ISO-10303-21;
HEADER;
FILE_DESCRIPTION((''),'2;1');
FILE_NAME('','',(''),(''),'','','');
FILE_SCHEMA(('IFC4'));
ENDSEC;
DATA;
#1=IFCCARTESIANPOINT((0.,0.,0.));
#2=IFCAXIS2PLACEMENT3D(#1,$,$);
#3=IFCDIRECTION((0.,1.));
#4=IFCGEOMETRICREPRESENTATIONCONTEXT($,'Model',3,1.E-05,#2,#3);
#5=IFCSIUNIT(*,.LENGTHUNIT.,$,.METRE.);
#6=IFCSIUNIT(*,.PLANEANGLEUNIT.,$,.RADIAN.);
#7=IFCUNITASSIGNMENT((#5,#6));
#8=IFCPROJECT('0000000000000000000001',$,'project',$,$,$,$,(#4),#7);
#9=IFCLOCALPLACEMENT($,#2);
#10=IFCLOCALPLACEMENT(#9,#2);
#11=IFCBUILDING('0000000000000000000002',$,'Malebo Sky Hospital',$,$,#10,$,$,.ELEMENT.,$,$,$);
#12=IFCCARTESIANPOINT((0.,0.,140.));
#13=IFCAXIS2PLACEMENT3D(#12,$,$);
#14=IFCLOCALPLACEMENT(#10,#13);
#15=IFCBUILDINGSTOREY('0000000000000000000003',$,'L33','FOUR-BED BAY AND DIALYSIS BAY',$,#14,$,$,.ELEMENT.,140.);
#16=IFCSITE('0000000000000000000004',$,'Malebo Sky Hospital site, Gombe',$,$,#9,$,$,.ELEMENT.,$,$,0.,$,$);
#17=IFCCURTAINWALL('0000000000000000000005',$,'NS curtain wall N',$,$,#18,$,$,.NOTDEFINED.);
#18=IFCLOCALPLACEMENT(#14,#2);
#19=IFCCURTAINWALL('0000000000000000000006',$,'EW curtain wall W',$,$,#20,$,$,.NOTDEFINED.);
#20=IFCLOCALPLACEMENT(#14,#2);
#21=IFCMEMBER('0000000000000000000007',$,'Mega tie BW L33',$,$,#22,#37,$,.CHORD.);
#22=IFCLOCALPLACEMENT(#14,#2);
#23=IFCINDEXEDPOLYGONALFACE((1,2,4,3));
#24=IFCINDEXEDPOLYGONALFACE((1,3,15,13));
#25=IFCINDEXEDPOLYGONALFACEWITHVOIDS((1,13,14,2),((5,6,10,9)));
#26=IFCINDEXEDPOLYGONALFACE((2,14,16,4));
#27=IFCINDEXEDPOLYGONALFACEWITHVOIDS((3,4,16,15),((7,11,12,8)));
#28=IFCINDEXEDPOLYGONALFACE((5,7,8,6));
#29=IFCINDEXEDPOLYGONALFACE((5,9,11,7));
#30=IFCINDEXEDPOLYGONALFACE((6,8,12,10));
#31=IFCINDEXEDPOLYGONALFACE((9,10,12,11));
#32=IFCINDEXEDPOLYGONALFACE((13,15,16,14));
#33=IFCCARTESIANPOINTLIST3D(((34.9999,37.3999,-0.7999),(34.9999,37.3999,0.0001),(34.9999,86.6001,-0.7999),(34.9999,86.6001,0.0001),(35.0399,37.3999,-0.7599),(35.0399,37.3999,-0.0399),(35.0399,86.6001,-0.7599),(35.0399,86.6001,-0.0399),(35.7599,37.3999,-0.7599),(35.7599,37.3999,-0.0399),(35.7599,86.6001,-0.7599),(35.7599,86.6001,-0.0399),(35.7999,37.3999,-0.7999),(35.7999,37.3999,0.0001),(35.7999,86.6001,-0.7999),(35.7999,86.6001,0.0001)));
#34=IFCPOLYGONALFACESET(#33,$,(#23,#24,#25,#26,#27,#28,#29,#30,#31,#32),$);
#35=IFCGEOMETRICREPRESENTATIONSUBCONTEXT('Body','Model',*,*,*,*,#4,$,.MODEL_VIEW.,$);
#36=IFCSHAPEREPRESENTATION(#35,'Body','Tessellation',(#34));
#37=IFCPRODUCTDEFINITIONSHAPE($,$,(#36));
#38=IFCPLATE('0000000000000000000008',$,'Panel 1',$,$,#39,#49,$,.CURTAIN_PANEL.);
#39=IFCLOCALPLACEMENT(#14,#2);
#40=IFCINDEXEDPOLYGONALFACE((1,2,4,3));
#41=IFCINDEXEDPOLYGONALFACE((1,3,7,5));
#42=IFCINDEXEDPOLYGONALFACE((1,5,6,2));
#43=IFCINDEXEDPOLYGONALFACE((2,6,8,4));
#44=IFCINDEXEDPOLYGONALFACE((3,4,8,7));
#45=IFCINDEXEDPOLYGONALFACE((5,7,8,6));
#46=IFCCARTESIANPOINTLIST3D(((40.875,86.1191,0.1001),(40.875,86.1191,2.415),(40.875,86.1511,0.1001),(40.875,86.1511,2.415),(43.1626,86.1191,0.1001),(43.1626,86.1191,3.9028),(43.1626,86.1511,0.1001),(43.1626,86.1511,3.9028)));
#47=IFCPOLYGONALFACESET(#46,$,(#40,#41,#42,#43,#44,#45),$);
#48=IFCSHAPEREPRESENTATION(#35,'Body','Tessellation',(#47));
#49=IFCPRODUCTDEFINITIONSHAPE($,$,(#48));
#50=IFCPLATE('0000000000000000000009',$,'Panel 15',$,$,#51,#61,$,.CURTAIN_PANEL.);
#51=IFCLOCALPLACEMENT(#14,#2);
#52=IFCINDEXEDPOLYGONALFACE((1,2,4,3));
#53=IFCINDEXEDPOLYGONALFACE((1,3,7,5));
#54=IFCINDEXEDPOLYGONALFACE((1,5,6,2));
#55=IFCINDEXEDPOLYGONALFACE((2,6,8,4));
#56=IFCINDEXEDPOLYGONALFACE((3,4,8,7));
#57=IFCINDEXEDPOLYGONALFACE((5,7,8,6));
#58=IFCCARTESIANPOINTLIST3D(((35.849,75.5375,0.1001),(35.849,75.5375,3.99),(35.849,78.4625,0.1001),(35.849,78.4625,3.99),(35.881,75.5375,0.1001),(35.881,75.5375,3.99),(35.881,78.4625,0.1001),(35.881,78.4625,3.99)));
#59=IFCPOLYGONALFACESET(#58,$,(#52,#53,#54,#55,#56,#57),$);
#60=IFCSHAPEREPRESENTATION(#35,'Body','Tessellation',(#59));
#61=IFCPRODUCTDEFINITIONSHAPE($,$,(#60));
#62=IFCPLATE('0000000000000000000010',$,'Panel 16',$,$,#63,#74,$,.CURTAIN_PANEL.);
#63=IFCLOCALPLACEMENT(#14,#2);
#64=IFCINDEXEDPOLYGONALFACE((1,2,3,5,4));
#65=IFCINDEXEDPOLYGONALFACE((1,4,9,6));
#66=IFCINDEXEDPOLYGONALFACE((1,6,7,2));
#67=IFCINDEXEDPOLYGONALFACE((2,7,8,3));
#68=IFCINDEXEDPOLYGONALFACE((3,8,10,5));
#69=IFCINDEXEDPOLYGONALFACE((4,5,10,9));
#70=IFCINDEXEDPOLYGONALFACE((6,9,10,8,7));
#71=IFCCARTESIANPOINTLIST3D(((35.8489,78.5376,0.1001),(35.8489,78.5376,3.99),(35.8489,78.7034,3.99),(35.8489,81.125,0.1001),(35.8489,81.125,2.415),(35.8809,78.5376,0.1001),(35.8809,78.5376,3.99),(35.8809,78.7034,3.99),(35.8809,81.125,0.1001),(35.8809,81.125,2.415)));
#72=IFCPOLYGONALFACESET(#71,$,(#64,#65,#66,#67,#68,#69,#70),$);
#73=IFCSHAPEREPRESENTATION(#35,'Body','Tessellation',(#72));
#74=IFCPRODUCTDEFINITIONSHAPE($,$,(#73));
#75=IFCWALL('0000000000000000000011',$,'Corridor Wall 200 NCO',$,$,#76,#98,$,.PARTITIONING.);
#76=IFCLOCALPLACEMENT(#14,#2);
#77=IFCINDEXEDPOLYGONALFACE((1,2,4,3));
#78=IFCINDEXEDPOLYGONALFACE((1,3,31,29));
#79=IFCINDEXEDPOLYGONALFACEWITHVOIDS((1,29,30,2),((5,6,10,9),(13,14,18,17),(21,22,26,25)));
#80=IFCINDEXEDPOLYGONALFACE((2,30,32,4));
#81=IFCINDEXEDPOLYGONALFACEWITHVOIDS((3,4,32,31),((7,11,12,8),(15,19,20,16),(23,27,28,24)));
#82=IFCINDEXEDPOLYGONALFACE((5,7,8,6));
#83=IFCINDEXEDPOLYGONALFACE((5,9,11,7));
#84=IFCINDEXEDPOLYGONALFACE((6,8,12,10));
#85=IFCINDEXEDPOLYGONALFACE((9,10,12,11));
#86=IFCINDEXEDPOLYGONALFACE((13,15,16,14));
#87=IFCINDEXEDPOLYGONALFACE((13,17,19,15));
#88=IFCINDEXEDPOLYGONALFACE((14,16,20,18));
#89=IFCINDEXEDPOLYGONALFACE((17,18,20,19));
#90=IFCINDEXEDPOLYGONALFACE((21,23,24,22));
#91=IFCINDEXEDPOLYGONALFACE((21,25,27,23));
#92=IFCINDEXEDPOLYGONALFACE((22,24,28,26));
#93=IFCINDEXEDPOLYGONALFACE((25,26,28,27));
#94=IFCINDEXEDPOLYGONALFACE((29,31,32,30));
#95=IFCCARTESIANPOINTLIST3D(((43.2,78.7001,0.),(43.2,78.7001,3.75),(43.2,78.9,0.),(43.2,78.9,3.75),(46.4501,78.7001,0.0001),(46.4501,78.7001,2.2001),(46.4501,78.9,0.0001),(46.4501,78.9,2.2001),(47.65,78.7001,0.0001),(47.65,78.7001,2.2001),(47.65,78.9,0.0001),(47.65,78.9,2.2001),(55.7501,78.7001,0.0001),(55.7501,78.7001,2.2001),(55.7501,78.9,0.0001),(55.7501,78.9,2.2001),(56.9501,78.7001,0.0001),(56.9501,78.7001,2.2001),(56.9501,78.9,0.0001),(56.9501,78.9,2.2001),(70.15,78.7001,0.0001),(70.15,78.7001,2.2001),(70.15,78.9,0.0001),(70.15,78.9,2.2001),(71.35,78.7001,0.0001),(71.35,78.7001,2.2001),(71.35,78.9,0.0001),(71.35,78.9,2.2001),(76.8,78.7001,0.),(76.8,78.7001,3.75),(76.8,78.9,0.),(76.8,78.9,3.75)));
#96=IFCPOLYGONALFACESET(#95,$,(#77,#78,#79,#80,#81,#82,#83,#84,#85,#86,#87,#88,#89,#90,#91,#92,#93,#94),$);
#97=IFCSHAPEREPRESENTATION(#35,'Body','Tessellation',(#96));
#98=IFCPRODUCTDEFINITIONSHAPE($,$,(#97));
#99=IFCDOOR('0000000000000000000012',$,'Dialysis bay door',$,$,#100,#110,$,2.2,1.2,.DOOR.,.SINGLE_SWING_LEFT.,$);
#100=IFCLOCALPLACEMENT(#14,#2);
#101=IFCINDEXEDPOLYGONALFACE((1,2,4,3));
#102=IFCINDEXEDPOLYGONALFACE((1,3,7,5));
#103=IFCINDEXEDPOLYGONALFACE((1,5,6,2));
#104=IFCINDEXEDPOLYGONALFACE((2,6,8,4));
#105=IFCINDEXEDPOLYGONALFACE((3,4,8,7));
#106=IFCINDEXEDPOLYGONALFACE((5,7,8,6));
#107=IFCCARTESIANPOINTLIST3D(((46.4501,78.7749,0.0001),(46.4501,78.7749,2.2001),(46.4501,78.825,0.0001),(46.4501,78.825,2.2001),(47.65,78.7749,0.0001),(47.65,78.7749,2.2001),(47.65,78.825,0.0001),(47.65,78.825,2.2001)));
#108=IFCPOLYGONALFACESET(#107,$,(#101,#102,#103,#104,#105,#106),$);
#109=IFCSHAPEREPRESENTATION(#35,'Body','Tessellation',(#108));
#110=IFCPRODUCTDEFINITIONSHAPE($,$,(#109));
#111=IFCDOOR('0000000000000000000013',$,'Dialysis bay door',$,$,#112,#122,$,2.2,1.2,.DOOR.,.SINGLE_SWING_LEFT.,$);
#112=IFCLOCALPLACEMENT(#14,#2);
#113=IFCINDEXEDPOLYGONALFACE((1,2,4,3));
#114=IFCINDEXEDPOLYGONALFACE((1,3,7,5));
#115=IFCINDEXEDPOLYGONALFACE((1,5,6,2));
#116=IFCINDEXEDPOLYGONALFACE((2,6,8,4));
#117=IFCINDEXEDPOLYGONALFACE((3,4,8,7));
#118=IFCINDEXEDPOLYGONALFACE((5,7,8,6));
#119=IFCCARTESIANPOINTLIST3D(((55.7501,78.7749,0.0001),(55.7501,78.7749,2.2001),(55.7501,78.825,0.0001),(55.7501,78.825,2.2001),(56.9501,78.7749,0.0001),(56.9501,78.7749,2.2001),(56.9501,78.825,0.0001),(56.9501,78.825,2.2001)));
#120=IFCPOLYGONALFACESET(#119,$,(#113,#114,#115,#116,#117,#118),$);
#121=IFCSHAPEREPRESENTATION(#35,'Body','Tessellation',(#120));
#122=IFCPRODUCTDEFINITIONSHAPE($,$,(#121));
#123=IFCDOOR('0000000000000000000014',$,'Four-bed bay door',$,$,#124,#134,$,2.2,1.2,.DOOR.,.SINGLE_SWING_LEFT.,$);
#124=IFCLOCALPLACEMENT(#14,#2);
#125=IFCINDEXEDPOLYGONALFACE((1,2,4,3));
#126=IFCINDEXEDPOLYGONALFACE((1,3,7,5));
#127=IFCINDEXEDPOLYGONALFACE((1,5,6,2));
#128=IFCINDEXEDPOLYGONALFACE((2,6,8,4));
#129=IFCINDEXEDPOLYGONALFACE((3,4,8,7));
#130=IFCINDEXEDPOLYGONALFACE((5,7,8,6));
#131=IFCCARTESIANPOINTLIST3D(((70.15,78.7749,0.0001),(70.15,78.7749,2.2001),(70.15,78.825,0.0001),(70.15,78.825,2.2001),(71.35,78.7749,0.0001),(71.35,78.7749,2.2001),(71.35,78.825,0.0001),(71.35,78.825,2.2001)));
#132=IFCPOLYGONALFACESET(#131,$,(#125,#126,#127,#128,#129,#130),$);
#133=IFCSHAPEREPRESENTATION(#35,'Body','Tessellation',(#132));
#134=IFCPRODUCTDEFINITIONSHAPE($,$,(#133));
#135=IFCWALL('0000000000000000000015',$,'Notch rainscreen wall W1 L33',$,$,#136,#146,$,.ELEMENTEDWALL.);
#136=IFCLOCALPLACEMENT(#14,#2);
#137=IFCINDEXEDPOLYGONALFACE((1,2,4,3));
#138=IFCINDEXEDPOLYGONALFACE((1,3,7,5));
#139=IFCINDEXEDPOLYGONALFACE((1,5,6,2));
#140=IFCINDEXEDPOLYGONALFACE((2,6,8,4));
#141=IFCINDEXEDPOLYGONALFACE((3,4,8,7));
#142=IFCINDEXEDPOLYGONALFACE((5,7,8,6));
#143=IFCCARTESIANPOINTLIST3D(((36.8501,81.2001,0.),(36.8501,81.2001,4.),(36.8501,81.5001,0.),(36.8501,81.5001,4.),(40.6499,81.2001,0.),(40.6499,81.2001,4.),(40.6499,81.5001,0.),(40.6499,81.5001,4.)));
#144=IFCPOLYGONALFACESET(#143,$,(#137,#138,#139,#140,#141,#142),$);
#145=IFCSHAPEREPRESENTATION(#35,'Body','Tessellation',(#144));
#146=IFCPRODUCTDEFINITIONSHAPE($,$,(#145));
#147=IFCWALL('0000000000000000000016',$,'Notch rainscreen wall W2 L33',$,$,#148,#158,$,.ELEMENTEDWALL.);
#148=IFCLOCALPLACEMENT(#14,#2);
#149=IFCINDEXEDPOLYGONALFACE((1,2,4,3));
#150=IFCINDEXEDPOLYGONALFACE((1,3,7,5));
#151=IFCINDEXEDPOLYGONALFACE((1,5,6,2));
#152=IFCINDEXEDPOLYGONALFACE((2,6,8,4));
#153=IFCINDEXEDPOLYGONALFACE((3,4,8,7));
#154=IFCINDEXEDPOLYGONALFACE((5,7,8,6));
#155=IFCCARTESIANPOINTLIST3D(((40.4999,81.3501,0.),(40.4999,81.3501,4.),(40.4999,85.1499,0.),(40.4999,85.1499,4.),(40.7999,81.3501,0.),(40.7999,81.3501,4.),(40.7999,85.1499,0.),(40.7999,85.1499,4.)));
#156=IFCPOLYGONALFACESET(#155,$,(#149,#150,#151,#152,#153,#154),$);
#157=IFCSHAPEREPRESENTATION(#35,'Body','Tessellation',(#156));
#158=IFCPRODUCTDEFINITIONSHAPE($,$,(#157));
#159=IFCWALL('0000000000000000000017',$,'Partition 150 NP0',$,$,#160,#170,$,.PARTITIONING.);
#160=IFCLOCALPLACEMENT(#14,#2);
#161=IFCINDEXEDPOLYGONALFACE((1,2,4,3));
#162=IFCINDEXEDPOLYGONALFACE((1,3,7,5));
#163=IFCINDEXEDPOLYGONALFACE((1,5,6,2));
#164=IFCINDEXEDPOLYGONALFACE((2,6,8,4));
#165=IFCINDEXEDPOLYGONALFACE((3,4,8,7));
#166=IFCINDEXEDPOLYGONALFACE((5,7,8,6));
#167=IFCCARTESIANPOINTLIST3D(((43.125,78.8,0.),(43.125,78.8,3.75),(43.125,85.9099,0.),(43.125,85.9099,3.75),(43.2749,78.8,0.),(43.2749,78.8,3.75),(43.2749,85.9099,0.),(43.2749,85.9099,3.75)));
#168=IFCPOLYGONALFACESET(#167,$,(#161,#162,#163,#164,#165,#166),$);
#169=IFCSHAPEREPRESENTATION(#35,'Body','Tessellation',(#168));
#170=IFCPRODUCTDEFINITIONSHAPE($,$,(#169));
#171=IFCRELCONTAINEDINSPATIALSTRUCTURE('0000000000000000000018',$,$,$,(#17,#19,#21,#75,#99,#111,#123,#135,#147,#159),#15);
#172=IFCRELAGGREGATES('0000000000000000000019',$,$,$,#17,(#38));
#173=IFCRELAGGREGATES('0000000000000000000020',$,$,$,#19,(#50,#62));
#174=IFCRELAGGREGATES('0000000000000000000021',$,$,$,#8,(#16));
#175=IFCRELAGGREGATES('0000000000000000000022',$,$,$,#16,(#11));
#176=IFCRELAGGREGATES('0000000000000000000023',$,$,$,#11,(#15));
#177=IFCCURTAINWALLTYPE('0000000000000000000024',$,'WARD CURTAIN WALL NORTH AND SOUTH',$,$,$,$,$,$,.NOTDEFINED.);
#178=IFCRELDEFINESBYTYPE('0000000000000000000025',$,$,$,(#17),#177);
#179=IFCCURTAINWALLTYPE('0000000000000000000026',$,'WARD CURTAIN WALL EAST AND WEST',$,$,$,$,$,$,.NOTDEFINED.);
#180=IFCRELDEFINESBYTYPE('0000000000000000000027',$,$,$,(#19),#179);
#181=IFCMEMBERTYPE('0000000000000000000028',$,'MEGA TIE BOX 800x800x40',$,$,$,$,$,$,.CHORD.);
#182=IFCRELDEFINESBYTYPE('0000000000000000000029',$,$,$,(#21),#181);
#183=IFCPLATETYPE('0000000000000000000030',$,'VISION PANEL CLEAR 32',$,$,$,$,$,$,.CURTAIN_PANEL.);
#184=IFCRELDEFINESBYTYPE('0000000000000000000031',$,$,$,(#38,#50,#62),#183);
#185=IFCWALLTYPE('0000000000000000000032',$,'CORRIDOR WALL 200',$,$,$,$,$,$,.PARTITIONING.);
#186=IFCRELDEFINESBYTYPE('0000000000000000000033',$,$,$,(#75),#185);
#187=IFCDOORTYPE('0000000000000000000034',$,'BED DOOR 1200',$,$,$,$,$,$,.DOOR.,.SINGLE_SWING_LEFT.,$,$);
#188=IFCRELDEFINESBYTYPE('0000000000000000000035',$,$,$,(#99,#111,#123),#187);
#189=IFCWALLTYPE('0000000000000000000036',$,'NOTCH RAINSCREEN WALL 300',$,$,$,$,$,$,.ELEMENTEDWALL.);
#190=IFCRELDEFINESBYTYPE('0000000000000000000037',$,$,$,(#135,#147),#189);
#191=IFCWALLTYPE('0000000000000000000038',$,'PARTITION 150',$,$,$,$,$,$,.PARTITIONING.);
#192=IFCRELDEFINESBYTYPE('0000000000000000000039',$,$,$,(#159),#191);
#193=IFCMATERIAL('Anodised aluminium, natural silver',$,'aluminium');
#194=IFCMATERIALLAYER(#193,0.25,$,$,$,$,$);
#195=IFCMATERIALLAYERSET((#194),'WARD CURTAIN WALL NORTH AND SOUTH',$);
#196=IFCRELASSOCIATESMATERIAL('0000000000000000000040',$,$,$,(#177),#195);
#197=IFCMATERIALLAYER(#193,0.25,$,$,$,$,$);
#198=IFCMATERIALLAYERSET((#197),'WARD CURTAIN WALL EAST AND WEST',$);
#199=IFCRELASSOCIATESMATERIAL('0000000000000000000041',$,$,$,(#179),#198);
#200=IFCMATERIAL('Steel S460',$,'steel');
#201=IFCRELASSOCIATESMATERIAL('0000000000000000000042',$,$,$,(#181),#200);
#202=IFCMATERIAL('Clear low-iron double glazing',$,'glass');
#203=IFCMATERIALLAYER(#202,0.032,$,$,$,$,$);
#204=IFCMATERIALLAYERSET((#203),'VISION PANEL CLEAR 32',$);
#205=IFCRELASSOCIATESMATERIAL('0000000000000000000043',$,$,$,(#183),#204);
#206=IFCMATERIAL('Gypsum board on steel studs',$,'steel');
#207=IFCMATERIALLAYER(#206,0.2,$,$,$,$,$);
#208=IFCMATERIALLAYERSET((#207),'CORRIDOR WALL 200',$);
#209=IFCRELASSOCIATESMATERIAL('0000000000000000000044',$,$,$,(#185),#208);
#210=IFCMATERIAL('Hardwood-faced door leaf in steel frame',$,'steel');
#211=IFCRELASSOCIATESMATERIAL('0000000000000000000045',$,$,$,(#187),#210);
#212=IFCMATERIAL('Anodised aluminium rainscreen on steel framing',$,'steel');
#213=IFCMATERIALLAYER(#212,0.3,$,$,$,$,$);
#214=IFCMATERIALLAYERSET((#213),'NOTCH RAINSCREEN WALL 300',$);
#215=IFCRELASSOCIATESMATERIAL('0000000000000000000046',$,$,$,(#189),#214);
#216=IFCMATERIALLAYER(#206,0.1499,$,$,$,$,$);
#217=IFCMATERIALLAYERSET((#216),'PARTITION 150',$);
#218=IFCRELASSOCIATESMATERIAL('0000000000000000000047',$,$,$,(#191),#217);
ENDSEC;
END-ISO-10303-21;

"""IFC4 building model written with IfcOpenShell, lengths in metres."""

from ifc_helpers import new_model, si_unit, direction, frame, frame_2d, origin, origin_2d, place, context, subcontext, project, spatial, polyline, rectangle, hollow_rectangle, outline, extrude, material, layer, layer_set, material_profile, profile_set, type_object, element, fill, aggregate, save


model = new_model("IFC4")

# Units and contexts
model_context = context("Model", 3, precision=1e-05, world=origin(), true_north=direction((0.0, 1.0)))
body_context = subcontext(model_context, "Body", "Model", "MODEL_VIEW")
ifc_project = project(units=[si_unit("LENGTHUNIT", "METRE"), si_unit("PLANEANGLEUNIT", "RADIAN")], contexts=[model_context])

# Site, building, storey
site_placement = place(None, origin())
site = spatial("IfcSite", under=ifc_project, at=site_placement, Name="Malebo Sky Hospital site, Gombe", CompositionType="ELEMENT", RefElevation=0.0)
building_placement = place(site_placement, origin())
building = spatial("IfcBuilding", under=site, at=building_placement, Name="Malebo Sky Hospital", CompositionType="ELEMENT")
storey_placement = place(building_placement, frame((0.0, 0.0, 140.0)))
storey = spatial("IfcBuildingStorey", under=building, at=storey_placement, Name="L33", Description="FOUR-BED BAY AND DIALYSIS BAY", CompositionType="ELEMENT", Elevation=140.0)

# Shared definitions
ifc_material_1 = material(Name="Steel S460", Category="steel")

# Curtain wall
ifc_material_2 = material(Name="Anodised aluminium, natural silver", Category="aluminium")
ifc_layer_1 = layer(ifc_material_2, 0.25)
ifc_layer_set_1 = layer_set([ifc_layer_1], Name="WARD CURTAIN WALL NORTH AND SOUTH")
curtain_wall_type_1 = type_object("IfcCurtainWallType", Name="WARD CURTAIN WALL NORTH AND SOUTH", PredefinedType="NOTDEFINED", material=ifc_layer_set_1)
curtain_wall_1_placement = place(storey_placement, origin())
curtain_wall_1 = element("IfcCurtainWall", 1, at=curtain_wall_1_placement, inside=storey, type_object=curtain_wall_type_1, Name="NS curtain wall N", PredefinedType="NOTDEFINED")

# Curtain wall
ifc_layer_2 = layer(ifc_material_2, 0.25)
ifc_layer_set_2 = layer_set([ifc_layer_2], Name="WARD CURTAIN WALL EAST AND WEST")
curtain_wall_type_2 = type_object("IfcCurtainWallType", Name="WARD CURTAIN WALL EAST AND WEST", PredefinedType="NOTDEFINED", material=ifc_layer_set_2)
curtain_wall_2_placement = place(storey_placement, origin())
curtain_wall_2 = element("IfcCurtainWall", 2, at=curtain_wall_2_placement, inside=storey, type_object=curtain_wall_type_2, Name="EW curtain wall W", PredefinedType="NOTDEFINED")

# Member
ifc_material_profile_1 = material_profile(ifc_material_1, hollow_rectangle(XDim=0.8, YDim=0.8, WallThickness=0.04, at=origin_2d()), Name="BOX 800x800x40")
ifc_profile_set_1 = profile_set([ifc_material_profile_1], Name="Steel S460")
member_type_1 = type_object("IfcMemberType", Name="MEGA TIE BOX 800x800x40", PredefinedType="CHORD", material=ifc_profile_set_1)
member_1_placement = place(storey_placement, frame((35.3999, 86.6001, -0.3999), z_axis=(0.0, -1.0, 0.0), x_axis=(1.0, 0.0, 0.0)))
element("IfcMember", 3, at=member_1_placement, inside=storey, type_object=member_type_1, Name="Mega tie BW L33", PredefinedType="CHORD", context=body_context, shape_type="SweptSolid", body=[
    extrude(hollow_rectangle(XDim=0.8, YDim=0.8, WallThickness=0.04, at=origin_2d()), origin(), (0.0, 0.0, 1.0), 49.2002),
])

# Plates
ifc_material_3 = material(Name="Clear low-iron double glazing", Category="glass")
ifc_layer_3 = layer(ifc_material_3, 0.032)
ifc_layer_set_3 = layer_set([ifc_layer_3], Name="VISION PANEL CLEAR 32")
plate_type = type_object("IfcPlateType", Name="VISION PANEL CLEAR 32", PredefinedType="CURTAIN_PANEL", material=ifc_layer_set_3)
plate_1_placement = place(storey_placement, frame((42.0188, 86.135, 0.1001), z_axis=(0.0, 0.0, 1.0), x_axis=(1.0, 0.0, 0.0)))
plate_1 = element("IfcPlate", 4, at=plate_1_placement, type_object=plate_type, Name="Panel 1", PredefinedType="CURTAIN_PANEL", context=body_context, shape_type="SweptSolid", body=[
    extrude(outline(polyline([(-1.1438, 0.0), (1.1438, 0.0), (1.1438, 3.8027), (-1.1438, 2.3149), (-1.1438, 0.0)])), frame((0.0, 0.0161, 0.0), z_axis=(0.0, -1.0, 0.0), x_axis=(1.0, 0.0, 0.0)), (0.0, 0.0, 1.0), 0.032),
])
aggregate(curtain_wall_1, [plate_1])
plate_2_placement = place(storey_placement, frame((35.865, 77.0, 0.1001), z_axis=(0.0, 0.0, 1.0), x_axis=(0.0, 1.0, 0.0)))
plate_2 = element("IfcPlate", 5, at=plate_2_placement, type_object=plate_type, Name="Panel 15", PredefinedType="CURTAIN_PANEL", context=body_context, shape_type="SweptSolid", body=[
    extrude(rectangle(XDim=2.925, YDim=0.032, at=origin_2d()), origin(), (0.0, 0.0, 1.0), 3.8899),
])
plate_3_placement = place(storey_placement, frame((35.865, 79.8313, 0.1001), z_axis=(0.0, 0.0, 1.0), x_axis=(0.0, 1.0, 0.0)))
plate_3 = element("IfcPlate", 6, at=plate_3_placement, type_object=plate_type, Name="Panel 16", PredefinedType="CURTAIN_PANEL", context=body_context, shape_type="SweptSolid", body=[
    extrude(outline(polyline([(-1.2937, 0.0), (1.2937, 0.0), (1.2937, 2.3149), (-1.1279, 3.8899), (-1.2937, 3.8899), (-1.2937, 0.0)])), frame((0.0, 0.0161, 0.0), z_axis=(0.0, -1.0, 0.0), x_axis=(1.0, 0.0, 0.0)), (0.0, 0.0, 1.0), 0.032),
])
aggregate(curtain_wall_2, [plate_2, plate_3])

# Wall, openings, doors
ifc_material_4 = material(Name="Gypsum board on steel studs", Category="steel")
ifc_layer_4 = layer(ifc_material_4, 0.2)
ifc_layer_set_4 = layer_set([ifc_layer_4], Name="CORRIDOR WALL 200")
wall_type_1 = type_object("IfcWallType", Name="CORRIDOR WALL 200", PredefinedType="PARTITIONING", material=ifc_layer_set_4)
wall_1_placement = place(storey_placement, frame((43.2, 78.8, 0.0), z_axis=(0.0, 0.0, 1.0), x_axis=(1.0, 0.0, 0.0)))
wall_1 = element("IfcWall", 7, at=wall_1_placement, inside=storey, type_object=wall_type_1, Name="Corridor Wall 200 NCO", PredefinedType="PARTITIONING", context=body_context, shape_type="SweptSolid", body=[
    extrude(rectangle(XDim=33.6001, YDim=0.2, at=frame_2d((16.8, 0.0))), origin(), (0.0, 0.0, 1.0), 3.75),
])
opening_1_placement = place(wall_1_placement, frame((3.25, 0.0, 0.0)))
opening_1 = element("IfcOpeningElement", 8, at=opening_1_placement, cuts=wall_1, PredefinedType="OPENING", context=body_context, shape_type="SweptSolid", body=[
    extrude(rectangle(XDim=1.2, YDim=2.2, at=frame_2d((0.6001, 1.1001))), frame((0.0, 0.1099, 0.0), z_axis=(0.0, -1.0, 0.0), x_axis=(1.0, 0.0, 0.0)), (0.0, 0.0, 1.0), 0.22),
])
opening_2_placement = place(wall_1_placement, frame((12.55, 0.0, 0.0)))
opening_2 = element("IfcOpeningElement", 9, at=opening_2_placement, cuts=wall_1, PredefinedType="OPENING", context=body_context, shape_type="SweptSolid", body=[
    extrude(rectangle(XDim=1.2, YDim=2.2, at=frame_2d((0.6001, 1.1001))), frame((0.0, 0.1099, 0.0), z_axis=(0.0, -1.0, 0.0), x_axis=(1.0, 0.0, 0.0)), (0.0, 0.0, 1.0), 0.22),
])
opening_3_placement = place(wall_1_placement, frame((26.95, 0.0, 0.0)))
opening_3 = element("IfcOpeningElement", 10, at=opening_3_placement, cuts=wall_1, PredefinedType="OPENING", context=body_context, shape_type="SweptSolid", body=[
    extrude(rectangle(XDim=1.2, YDim=2.2, at=frame_2d((0.6001, 1.1001))), frame((0.0, 0.1099, 0.0), z_axis=(0.0, -1.0, 0.0), x_axis=(1.0, 0.0, 0.0)), (0.0, 0.0, 1.0), 0.22),
])
ifc_material_5 = material(Name="Hardwood-faced door leaf in steel frame", Category="steel")
door_type_1 = type_object("IfcDoorType", Name="BED DOOR 1200", OperationType="SINGLE_SWING_LEFT", PredefinedType="DOOR", material=ifc_material_5)
door_1_placement = place(opening_1_placement, origin())
door_1 = element("IfcDoor", 11, at=door_1_placement, inside=storey, type_object=door_type_1, Name="Dialysis bay door", OperationType="SINGLE_SWING_LEFT", OverallHeight=2.2, OverallWidth=1.2, PredefinedType="DOOR", context=body_context, shape_type="SweptSolid", body=[
    extrude(rectangle(XDim=1.2, YDim=2.2, at=frame_2d((0.6001, 1.1001))), frame((0.0, 0.0249, 0.0), z_axis=(0.0, -1.0, 0.0), x_axis=(1.0, 0.0, 0.0)), (0.0, 0.0, 1.0), 0.05),
])
fill(opening_1, door_1)
door_2_placement = place(opening_2_placement, origin())
door_2 = element("IfcDoor", 12, at=door_2_placement, inside=storey, type_object=door_type_1, Name="Dialysis bay door", OperationType="SINGLE_SWING_LEFT", OverallHeight=2.2, OverallWidth=1.2, PredefinedType="DOOR", context=body_context, shape_type="SweptSolid", body=[
    extrude(rectangle(XDim=1.2, YDim=2.2, at=frame_2d((0.6001, 1.1001))), frame((0.0, 0.0249, 0.0), z_axis=(0.0, -1.0, 0.0), x_axis=(1.0, 0.0, 0.0)), (0.0, 0.0, 1.0), 0.05),
])
fill(opening_2, door_2)
door_3_placement = place(opening_3_placement, origin())
door_3 = element("IfcDoor", 13, at=door_3_placement, inside=storey, type_object=door_type_1, Name="Four-bed bay door", OperationType="SINGLE_SWING_LEFT", OverallHeight=2.2, OverallWidth=1.2, PredefinedType="DOOR", context=body_context, shape_type="SweptSolid", body=[
    extrude(rectangle(XDim=1.2, YDim=2.2, at=frame_2d((0.6001, 1.1001))), frame((0.0, 0.0249, 0.0), z_axis=(0.0, -1.0, 0.0), x_axis=(1.0, 0.0, 0.0)), (0.0, 0.0, 1.0), 0.05),
])
fill(opening_3, door_3)

# Walls
ifc_material_6 = material(Name="Anodised aluminium rainscreen on steel framing", Category="steel")
ifc_layer_5 = layer(ifc_material_6, 0.3)
ifc_layer_set_5 = layer_set([ifc_layer_5], Name="NOTCH RAINSCREEN WALL 300")
wall_type_2 = type_object("IfcWallType", Name="NOTCH RAINSCREEN WALL 300", PredefinedType="ELEMENTEDWALL", material=ifc_layer_set_5)
for number, where, z_axis, x_axis, name in (
    (14, (36.8501, 81.3501, 0.0), (0.0, 0.0, 1.0), (1.0, 0.0, 0.0), "Notch rainscreen wall W1 L33"),
    (15, (40.6499, 81.3501, 0.0), (0.0, 0.0, 1.0), (0.0, 1.0, 0.0), "Notch rainscreen wall W2 L33"),
):
    element("IfcWall", number, at=place(storey_placement, frame(where, z_axis=z_axis, x_axis=x_axis)), inside=storey, type_object=wall_type_2, Name=name, PredefinedType="ELEMENTEDWALL", context=body_context, shape_type="SweptSolid", body=[
        extrude(rectangle(XDim=3.7998, YDim=0.3, at=frame_2d((1.8999, 0.0))), origin(), (0.0, 0.0, 1.0), 4.0),
    ])
ifc_layer_6 = layer(ifc_material_4, 0.1499)
ifc_layer_set_6 = layer_set([ifc_layer_6], Name="PARTITION 150")
wall_type_3 = type_object("IfcWallType", Name="PARTITION 150", PredefinedType="PARTITIONING", material=ifc_layer_set_6)
wall_2_placement = place(storey_placement, frame((43.2, 78.8, 0.0), z_axis=(0.0, 0.0, 1.0), x_axis=(0.0, 1.0, 0.0)))
element("IfcWall", 16, at=wall_2_placement, inside=storey, type_object=wall_type_3, Name="Partition 150 NP0", PredefinedType="PARTITIONING", context=body_context, shape_type="SweptSolid", body=[
    extrude(rectangle(XDim=7.1099, YDim=0.1499, at=frame_2d((3.5549, 0.0))), origin(), (0.0, 0.0, 1.0), 3.75),
])

save(model, "model.ifc")
